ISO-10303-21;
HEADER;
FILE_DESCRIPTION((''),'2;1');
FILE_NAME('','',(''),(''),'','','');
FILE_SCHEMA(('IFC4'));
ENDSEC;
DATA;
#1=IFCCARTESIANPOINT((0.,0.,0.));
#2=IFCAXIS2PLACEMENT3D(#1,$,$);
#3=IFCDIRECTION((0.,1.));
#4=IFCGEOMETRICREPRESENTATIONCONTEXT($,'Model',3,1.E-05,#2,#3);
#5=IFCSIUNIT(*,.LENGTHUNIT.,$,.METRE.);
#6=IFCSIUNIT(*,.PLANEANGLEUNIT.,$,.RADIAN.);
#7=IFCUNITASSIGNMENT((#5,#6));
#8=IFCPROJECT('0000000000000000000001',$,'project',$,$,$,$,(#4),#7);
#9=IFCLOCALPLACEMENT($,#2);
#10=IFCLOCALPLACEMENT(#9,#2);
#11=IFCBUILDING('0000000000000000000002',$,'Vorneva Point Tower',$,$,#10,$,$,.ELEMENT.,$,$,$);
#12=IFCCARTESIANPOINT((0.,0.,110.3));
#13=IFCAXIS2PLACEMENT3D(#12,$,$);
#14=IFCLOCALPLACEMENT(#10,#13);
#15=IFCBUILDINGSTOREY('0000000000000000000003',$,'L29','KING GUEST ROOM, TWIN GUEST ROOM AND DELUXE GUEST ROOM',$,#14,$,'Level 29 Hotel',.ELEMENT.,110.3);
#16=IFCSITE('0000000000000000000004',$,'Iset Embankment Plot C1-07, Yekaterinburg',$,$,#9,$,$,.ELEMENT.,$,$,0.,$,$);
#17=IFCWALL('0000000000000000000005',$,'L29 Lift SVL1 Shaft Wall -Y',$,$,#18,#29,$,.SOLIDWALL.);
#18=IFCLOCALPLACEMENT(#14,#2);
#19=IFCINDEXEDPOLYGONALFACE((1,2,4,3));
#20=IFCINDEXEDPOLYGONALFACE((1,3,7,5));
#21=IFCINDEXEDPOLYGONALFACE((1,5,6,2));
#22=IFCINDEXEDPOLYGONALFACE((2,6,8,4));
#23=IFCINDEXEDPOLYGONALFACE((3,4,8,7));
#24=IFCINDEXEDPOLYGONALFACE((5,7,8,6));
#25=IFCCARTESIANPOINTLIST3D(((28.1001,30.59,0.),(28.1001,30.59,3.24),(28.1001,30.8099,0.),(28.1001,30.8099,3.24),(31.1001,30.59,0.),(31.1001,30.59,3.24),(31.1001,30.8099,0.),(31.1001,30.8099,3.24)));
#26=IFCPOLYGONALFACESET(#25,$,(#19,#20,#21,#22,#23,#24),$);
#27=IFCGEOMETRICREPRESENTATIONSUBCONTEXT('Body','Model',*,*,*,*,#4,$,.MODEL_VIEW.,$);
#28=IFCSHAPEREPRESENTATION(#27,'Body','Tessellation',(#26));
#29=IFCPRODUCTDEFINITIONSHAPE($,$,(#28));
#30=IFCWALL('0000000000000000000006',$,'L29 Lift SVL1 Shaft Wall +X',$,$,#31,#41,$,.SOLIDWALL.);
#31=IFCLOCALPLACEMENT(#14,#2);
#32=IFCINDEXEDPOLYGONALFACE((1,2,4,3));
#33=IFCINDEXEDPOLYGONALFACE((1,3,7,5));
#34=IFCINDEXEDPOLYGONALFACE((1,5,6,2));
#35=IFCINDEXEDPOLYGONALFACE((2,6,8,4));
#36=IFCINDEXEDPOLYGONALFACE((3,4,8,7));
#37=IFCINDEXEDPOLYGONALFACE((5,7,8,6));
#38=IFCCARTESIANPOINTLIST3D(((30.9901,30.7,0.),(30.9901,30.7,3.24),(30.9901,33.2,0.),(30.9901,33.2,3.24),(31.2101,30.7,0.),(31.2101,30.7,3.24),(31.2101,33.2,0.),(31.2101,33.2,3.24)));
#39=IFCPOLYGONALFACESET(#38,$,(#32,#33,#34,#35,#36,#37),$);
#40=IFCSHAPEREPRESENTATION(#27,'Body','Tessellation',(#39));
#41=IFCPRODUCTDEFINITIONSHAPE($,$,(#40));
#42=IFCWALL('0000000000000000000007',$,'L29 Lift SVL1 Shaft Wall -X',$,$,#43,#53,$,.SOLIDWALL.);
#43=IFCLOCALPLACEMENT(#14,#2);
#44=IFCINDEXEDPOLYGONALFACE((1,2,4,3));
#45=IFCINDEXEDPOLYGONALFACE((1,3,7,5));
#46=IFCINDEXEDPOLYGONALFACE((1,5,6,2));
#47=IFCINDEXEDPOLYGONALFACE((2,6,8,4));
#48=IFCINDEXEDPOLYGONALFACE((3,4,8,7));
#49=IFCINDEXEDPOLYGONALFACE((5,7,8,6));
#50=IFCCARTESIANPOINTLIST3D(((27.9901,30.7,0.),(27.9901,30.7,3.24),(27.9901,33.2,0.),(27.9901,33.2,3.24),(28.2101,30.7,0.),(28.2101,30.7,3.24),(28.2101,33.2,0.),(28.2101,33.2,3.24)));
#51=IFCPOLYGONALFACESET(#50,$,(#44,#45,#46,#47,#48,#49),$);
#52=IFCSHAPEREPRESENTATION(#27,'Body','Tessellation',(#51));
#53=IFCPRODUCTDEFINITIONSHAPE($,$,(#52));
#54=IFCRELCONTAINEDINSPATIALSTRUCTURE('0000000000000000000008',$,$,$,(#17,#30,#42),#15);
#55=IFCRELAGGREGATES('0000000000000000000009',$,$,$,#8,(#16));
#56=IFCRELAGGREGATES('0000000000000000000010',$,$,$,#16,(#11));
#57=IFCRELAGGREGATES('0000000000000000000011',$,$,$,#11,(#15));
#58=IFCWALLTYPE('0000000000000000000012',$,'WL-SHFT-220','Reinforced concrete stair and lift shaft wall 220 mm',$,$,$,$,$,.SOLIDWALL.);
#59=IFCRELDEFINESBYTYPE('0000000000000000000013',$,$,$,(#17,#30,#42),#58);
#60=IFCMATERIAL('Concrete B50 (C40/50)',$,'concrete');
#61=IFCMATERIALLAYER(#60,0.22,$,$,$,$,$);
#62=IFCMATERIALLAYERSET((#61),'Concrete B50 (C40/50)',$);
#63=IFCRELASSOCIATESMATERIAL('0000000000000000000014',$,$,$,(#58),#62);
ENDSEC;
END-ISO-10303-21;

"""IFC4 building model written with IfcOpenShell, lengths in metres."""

from ifc_helpers import new_model, si_unit, direction, frame, frame_2d, origin, place, context, subcontext, project, spatial, rectangle, extrude, material, layer, layer_set, type_object, element, save


model = new_model("IFC4")

# Units and contexts
model_context = context("Model", 3, precision=1e-05, world=origin(), true_north=direction((0.0, 1.0)))
body_context = subcontext(model_context, "Body", "Model", "MODEL_VIEW")
ifc_project = project(units=[si_unit("LENGTHUNIT", "METRE"), si_unit("PLANEANGLEUNIT", "RADIAN")], contexts=[model_context])

# Site, building, storey
site_placement = place(None, origin())
site = spatial("IfcSite", under=ifc_project, at=site_placement, Name="Iset Embankment Plot C1-07, Yekaterinburg", CompositionType="ELEMENT", RefElevation=0.0)
building_placement = place(site_placement, origin())
building = spatial("IfcBuilding", under=site, at=building_placement, Name="Vorneva Point Tower", CompositionType="ELEMENT")
storey_placement = place(building_placement, frame((0.0, 0.0, 110.3)))
storey = spatial("IfcBuildingStorey", under=building, at=storey_placement, Name="L29", Description="KING GUEST ROOM, TWIN GUEST ROOM AND DELUXE GUEST ROOM", LongName="Level 29 Hotel", CompositionType="ELEMENT", Elevation=110.3)

# Shared definitions
ifc_material_1 = material(Name="Concrete B50 (C40/50)", Category="concrete")
ifc_layer_1 = layer(ifc_material_1, 0.22)
ifc_layer_set_1 = layer_set([ifc_layer_1], Name="Concrete B50 (C40/50)")
wall_type_1 = type_object("IfcWallType", Name="WL-SHFT-220", Description="Reinforced concrete stair and lift shaft wall 220 mm", PredefinedType="SOLIDWALL", material=ifc_layer_set_1)

# Walls
wall_1_placement = place(storey_placement, frame((28.1001, 30.7, 0.0), z_axis=(0.0, 0.0, 1.0), x_axis=(1.0, 0.0, 0.0)))
element("IfcWall", 1, at=wall_1_placement, inside=storey, type_object=wall_type_1, Name="L29 Lift SVL1 Shaft Wall -Y", PredefinedType="SOLIDWALL", context=body_context, shape_type="SweptSolid", body=[
    extrude(rectangle(XDim=3.0, YDim=0.22, at=frame_2d((1.5, 0.0))), origin(), (0.0, 0.0, 1.0), 3.24),
])
for number, where, z_axis, x_axis, name in (
    (2, (31.1001, 30.7, 0.0), (0.0, 0.0, 1.0), (0.0, 1.0, 0.0), "L29 Lift SVL1 Shaft Wall +X"),
    (3, (28.1001, 33.2, 0.0), (0.0, 0.0, 1.0), (0.0, -1.0, 0.0), "L29 Lift SVL1 Shaft Wall -X"),
):
    element("IfcWall", number, at=place(storey_placement, frame(where, z_axis=z_axis, x_axis=x_axis)), inside=storey, type_object=wall_type_1, Name=name, PredefinedType="SOLIDWALL", context=body_context, shape_type="SweptSolid", body=[
        extrude(rectangle(XDim=2.5, YDim=0.22, at=frame_2d((1.25, 0.0))), origin(), (0.0, 0.0, 1.0), 3.24),
    ])

save(model, "model.ifc")
